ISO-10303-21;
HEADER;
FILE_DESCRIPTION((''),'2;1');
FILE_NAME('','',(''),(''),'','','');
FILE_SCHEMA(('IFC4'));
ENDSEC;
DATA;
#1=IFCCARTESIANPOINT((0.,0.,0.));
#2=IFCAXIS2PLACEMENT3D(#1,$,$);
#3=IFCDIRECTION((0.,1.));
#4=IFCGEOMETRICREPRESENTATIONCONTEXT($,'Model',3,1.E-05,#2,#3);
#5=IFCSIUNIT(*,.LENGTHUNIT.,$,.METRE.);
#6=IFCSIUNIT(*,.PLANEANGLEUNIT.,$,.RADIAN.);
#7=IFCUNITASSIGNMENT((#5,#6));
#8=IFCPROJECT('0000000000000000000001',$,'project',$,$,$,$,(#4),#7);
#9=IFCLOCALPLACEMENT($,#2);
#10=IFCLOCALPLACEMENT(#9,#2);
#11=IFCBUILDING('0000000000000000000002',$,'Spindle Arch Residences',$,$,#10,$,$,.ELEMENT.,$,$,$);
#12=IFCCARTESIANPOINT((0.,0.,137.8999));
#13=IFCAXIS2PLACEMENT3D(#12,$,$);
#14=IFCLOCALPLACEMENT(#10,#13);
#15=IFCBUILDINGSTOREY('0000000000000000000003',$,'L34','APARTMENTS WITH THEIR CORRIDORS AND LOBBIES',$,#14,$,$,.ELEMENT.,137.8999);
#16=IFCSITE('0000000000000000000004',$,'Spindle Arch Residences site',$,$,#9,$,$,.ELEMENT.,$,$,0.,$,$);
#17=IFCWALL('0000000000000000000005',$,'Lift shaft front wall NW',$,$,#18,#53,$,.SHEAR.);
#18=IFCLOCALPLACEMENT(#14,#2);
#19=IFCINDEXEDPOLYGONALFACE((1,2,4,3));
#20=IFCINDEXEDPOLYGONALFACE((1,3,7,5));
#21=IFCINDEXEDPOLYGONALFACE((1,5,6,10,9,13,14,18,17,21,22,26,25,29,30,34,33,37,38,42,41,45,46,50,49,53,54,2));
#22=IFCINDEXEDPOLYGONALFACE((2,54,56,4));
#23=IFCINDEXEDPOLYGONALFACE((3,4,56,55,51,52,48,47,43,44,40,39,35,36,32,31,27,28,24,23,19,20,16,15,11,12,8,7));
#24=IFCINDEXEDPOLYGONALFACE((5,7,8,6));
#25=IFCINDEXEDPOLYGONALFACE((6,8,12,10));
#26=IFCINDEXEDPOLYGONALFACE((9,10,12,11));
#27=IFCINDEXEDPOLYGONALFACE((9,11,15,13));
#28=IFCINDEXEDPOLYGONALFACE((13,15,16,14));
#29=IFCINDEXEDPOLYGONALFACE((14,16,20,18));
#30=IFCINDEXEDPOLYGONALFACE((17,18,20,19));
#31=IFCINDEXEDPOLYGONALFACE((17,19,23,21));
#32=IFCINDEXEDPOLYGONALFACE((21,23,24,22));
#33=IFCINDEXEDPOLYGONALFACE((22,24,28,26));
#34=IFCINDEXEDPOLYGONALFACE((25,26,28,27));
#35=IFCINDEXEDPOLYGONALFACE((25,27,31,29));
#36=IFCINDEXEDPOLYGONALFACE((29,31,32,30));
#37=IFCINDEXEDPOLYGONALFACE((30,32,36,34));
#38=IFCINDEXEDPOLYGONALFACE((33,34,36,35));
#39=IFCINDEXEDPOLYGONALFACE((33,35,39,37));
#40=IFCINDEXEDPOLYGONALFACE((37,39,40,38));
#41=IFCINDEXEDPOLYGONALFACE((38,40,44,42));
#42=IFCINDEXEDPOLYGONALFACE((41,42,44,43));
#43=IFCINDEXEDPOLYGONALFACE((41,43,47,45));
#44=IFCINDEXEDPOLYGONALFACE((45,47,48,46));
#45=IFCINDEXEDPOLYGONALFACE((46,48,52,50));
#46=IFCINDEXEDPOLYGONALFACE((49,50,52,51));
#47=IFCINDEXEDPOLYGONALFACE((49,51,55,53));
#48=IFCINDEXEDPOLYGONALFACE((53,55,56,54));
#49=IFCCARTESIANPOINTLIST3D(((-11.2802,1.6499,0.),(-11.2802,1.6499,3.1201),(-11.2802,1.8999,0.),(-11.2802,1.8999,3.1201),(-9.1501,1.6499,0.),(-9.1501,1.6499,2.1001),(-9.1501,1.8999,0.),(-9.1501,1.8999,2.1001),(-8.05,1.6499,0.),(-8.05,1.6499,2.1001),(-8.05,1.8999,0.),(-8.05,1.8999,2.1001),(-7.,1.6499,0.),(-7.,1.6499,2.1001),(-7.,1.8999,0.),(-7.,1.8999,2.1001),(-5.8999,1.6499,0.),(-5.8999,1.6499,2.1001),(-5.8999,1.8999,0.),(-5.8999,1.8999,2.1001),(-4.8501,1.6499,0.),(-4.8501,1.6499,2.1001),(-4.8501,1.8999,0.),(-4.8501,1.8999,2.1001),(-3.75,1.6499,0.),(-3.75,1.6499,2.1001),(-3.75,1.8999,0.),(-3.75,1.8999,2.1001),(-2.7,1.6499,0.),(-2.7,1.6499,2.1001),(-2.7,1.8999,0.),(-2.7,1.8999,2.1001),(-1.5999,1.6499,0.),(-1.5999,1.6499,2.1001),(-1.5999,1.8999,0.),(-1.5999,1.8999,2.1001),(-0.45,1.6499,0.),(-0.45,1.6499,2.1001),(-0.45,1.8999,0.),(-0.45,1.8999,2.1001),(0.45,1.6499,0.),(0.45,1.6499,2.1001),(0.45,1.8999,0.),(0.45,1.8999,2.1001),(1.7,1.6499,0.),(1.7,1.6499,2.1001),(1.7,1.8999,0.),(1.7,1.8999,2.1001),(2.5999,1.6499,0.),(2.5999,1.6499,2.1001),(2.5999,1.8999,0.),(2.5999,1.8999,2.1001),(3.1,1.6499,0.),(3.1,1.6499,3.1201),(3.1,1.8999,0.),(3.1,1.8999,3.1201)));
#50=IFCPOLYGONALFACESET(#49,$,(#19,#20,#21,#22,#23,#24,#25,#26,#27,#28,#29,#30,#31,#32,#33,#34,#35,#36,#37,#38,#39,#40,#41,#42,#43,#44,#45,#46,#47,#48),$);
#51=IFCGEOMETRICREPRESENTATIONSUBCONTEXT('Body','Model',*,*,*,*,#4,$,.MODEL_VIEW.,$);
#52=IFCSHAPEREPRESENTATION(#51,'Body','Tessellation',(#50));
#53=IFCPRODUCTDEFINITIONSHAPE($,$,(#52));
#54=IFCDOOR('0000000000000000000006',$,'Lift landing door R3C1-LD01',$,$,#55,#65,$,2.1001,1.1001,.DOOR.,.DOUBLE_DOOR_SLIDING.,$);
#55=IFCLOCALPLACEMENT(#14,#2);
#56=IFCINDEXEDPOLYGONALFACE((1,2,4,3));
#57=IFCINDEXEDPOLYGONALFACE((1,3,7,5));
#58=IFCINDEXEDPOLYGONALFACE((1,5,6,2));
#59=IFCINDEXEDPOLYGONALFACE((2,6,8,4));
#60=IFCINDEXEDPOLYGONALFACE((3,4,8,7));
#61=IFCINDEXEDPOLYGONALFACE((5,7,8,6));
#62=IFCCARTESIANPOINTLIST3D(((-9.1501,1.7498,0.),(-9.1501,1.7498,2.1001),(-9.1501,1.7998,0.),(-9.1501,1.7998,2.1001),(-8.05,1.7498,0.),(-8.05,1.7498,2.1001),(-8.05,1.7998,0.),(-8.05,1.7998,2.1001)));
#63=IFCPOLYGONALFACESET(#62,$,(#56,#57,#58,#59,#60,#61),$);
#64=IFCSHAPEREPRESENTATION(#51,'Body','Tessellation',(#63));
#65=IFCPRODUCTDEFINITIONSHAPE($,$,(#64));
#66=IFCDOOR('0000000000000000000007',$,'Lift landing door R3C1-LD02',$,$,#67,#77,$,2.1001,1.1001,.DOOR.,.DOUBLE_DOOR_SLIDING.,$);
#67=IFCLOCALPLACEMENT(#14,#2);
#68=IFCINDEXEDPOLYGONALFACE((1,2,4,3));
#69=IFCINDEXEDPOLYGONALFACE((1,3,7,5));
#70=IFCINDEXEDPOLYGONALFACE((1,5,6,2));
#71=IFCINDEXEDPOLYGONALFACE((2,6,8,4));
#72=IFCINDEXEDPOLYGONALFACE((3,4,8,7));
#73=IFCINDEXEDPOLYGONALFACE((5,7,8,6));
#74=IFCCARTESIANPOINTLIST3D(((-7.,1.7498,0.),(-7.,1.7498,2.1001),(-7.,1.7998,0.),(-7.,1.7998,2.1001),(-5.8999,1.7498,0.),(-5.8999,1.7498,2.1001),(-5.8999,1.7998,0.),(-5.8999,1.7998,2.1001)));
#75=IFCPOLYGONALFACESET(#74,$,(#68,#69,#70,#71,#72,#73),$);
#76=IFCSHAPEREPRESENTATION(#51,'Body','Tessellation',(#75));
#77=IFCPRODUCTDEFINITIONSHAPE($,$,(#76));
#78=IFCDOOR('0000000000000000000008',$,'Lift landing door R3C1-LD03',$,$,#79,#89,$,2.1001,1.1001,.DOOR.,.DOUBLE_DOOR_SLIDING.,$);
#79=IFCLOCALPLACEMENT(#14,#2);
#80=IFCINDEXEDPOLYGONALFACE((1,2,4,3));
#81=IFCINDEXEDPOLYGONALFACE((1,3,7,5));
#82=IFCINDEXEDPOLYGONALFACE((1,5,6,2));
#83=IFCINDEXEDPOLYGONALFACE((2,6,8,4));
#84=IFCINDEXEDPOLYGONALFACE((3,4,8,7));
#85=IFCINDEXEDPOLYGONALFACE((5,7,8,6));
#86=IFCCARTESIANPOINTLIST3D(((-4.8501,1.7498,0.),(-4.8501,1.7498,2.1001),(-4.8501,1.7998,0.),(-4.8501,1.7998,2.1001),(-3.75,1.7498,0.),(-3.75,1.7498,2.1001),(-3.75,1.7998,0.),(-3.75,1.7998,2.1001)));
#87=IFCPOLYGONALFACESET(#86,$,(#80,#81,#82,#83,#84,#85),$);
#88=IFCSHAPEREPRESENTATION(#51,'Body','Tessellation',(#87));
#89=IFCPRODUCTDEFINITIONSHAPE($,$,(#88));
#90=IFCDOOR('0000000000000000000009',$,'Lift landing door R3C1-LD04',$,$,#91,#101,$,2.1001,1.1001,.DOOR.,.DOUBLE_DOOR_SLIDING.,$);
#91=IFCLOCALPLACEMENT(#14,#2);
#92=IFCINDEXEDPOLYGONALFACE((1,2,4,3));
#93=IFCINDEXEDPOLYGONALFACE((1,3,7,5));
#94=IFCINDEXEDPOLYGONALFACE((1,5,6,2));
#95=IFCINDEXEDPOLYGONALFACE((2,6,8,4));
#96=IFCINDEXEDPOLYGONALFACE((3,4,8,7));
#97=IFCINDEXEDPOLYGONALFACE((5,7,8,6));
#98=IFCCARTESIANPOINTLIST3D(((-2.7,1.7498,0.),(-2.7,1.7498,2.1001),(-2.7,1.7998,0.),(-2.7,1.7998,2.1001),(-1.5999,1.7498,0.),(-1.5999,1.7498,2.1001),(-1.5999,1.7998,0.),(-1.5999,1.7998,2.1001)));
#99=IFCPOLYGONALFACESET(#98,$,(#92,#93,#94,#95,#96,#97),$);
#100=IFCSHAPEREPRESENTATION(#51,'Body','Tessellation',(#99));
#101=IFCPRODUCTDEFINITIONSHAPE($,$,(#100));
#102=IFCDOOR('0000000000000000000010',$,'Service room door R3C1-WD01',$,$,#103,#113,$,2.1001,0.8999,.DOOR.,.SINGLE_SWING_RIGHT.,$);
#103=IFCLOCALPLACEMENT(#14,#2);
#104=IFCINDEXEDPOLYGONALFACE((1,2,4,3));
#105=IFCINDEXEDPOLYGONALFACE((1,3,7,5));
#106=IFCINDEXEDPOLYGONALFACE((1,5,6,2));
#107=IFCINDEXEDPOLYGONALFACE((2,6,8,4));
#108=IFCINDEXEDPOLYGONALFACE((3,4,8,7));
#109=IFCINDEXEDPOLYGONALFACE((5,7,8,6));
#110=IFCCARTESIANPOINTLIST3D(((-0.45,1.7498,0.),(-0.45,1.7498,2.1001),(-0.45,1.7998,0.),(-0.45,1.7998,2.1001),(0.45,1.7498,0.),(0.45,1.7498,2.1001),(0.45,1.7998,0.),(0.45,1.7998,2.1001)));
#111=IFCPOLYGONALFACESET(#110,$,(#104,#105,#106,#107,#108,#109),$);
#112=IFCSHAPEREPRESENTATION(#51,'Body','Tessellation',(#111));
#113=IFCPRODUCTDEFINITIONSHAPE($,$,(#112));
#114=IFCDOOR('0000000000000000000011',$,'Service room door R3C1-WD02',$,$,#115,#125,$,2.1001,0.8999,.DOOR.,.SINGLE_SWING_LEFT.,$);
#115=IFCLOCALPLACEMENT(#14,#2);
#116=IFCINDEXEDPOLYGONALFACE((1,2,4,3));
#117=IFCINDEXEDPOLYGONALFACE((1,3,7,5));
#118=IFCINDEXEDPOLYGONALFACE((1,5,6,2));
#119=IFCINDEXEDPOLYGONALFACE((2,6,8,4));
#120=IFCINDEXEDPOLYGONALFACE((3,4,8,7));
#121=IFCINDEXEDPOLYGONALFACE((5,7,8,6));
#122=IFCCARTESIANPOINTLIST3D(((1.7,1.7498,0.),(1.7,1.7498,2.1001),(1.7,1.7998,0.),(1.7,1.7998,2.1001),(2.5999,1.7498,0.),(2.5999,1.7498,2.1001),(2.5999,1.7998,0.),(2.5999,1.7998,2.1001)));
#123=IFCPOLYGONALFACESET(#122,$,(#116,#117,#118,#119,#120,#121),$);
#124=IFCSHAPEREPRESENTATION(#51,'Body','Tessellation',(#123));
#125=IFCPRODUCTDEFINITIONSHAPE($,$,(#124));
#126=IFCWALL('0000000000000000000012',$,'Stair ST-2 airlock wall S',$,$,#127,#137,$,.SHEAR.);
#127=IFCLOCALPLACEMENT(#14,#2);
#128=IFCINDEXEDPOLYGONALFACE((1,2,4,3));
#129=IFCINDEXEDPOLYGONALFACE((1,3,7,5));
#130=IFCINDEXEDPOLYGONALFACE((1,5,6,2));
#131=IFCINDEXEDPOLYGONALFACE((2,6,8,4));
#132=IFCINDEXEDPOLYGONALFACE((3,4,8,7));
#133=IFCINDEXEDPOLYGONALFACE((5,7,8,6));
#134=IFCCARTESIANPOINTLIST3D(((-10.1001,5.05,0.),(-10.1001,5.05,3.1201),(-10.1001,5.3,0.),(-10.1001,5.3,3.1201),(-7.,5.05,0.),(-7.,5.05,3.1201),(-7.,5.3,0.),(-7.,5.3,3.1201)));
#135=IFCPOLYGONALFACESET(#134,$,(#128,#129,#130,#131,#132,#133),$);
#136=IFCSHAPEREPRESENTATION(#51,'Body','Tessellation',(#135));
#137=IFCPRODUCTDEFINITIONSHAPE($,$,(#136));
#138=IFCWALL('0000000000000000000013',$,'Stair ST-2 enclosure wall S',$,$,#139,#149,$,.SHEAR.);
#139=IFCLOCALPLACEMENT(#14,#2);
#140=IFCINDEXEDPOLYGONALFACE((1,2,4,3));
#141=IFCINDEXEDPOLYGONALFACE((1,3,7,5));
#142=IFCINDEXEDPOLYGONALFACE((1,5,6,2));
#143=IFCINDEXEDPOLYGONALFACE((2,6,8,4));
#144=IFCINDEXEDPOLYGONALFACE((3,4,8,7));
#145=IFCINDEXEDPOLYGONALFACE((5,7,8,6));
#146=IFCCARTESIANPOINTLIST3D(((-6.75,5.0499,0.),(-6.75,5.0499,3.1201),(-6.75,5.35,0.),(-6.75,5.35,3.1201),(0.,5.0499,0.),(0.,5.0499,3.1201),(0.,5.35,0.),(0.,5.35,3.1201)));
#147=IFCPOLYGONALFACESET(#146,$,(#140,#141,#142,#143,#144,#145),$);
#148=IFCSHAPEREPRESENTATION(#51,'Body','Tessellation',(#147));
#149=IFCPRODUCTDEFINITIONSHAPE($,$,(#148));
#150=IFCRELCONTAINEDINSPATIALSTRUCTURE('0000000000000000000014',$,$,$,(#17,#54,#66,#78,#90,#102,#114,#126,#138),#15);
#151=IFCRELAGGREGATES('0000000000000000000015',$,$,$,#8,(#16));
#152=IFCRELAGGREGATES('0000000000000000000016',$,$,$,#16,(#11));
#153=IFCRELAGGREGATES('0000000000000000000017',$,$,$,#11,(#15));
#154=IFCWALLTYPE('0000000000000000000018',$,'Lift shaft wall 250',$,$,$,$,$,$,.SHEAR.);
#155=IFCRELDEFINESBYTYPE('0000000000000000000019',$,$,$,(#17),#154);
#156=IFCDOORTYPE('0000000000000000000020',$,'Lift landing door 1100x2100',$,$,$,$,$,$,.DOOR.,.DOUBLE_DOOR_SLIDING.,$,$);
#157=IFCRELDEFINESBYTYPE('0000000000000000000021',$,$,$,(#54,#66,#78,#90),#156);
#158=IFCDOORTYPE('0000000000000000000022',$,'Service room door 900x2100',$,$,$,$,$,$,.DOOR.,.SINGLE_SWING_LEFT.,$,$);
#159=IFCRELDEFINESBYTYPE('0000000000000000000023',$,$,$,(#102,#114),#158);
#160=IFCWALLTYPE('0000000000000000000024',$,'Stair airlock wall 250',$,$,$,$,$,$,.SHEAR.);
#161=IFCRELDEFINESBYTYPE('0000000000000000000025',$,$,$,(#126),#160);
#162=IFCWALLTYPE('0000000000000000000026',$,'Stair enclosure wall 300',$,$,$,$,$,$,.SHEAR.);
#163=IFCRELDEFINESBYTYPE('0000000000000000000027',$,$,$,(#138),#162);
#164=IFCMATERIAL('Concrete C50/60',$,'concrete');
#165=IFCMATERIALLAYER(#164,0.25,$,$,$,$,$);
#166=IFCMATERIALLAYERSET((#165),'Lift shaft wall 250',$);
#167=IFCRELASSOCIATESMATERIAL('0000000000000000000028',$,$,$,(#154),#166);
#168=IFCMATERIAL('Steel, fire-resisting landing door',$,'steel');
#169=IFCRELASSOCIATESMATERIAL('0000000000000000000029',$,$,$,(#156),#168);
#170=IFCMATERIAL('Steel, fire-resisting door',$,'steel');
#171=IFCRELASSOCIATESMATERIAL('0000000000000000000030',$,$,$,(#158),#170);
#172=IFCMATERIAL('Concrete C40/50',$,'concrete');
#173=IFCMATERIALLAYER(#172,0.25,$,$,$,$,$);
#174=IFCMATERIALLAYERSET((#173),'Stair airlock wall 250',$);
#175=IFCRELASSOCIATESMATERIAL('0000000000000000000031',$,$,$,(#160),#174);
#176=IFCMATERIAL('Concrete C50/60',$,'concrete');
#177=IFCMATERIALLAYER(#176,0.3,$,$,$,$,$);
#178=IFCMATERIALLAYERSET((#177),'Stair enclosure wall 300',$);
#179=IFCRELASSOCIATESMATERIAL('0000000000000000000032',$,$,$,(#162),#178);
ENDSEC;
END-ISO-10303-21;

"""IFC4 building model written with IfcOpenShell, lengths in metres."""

from ifc_helpers import new_model, si_unit, direction, frame, frame_2d, origin, place, context, subcontext, project, spatial, rectangle, extrude, material, layer, layer_set, type_object, element, fill, save


model = new_model("IFC4")

# Units and contexts
model_context = context("Model", 3, precision=1e-05, world=origin(), true_north=direction((0.0, 1.0)))
body_context = subcontext(model_context, "Body", "Model", "MODEL_VIEW")
ifc_project = project(units=[si_unit("LENGTHUNIT", "METRE"), si_unit("PLANEANGLEUNIT", "RADIAN")], contexts=[model_context])

# Site, building, storey
site_placement = place(None, origin())
site = spatial("IfcSite", under=ifc_project, at=site_placement, Name="Spindle Arch Residences site", CompositionType="ELEMENT", RefElevation=0.0)
building_placement = place(site_placement, origin())
building = spatial("IfcBuilding", under=site, at=building_placement, Name="Spindle Arch Residences", CompositionType="ELEMENT")
storey_placement = place(building_placement, frame((0.0, 0.0, 137.8999)))
storey = spatial("IfcBuildingStorey", under=building, at=storey_placement, Name="L34", Description="APARTMENTS WITH THEIR CORRIDORS AND LOBBIES", CompositionType="ELEMENT", Elevation=137.8999)

# Wall, openings, doors
ifc_material_1 = material(Name="Concrete C50/60", Category="concrete")
ifc_layer_1 = layer(ifc_material_1, 0.25)
ifc_layer_set_1 = layer_set([ifc_layer_1], Name="Lift shaft wall 250")
wall_type_1 = type_object("IfcWallType", Name="Lift shaft wall 250", PredefinedType="SHEAR", material=ifc_layer_set_1)
wall_1_placement = place(storey_placement, frame((-11.28, 1.7749, 0.0), z_axis=(0.0, 0.0, 1.0), x_axis=(1.0, 0.0, 0.0)))
wall_1 = element("IfcWall", 1, at=wall_1_placement, inside=storey, type_object=wall_type_1, Name="Lift shaft front wall NW", PredefinedType="SHEAR", context=body_context, shape_type="SweptSolid", body=[
    extrude(rectangle(XDim=14.3801, YDim=0.25, at=frame_2d((7.1899, 0.0))), origin(), (0.0, 0.0, 1.0), 3.1201),
])
opening_1_placement = place(wall_1_placement, frame((2.1299, 0.0, 0.0)))
opening_1 = element("IfcOpeningElement", 2, at=opening_1_placement, cuts=wall_1, PredefinedType="OPENING", context=body_context, shape_type="SweptSolid", body=[
    extrude(rectangle(XDim=1.1001, YDim=2.1001, at=frame_2d((0.55, 1.05))), frame((0.0, 0.135, 0.0), z_axis=(0.0, -1.0, 0.0), x_axis=(1.0, 0.0, 0.0)), (0.0, 0.0, 1.0), 0.27),
])
opening_2_placement = place(wall_1_placement, frame((4.28, 0.0, 0.0)))
opening_2 = element("IfcOpeningElement", 3, at=opening_2_placement, cuts=wall_1, PredefinedType="OPENING", context=body_context, shape_type="SweptSolid", body=[
    extrude(rectangle(XDim=1.1001, YDim=2.1001, at=frame_2d((0.55, 1.05))), frame((0.0, 0.135, 0.0), z_axis=(0.0, -1.0, 0.0), x_axis=(1.0, 0.0, 0.0)), (0.0, 0.0, 1.0), 0.27),
])
opening_3_placement = place(wall_1_placement, frame((6.4299, 0.0, 0.0)))
opening_3 = element("IfcOpeningElement", 4, at=opening_3_placement, cuts=wall_1, PredefinedType="OPENING", context=body_context, shape_type="SweptSolid", body=[
    extrude(rectangle(XDim=1.1001, YDim=2.1001, at=frame_2d((0.55, 1.05))), frame((0.0, 0.135, 0.0), z_axis=(0.0, -1.0, 0.0), x_axis=(1.0, 0.0, 0.0)), (0.0, 0.0, 1.0), 0.27),
])
opening_4_placement = place(wall_1_placement, frame((8.5801, 0.0, 0.0)))
opening_4 = element("IfcOpeningElement", 5, at=opening_4_placement, cuts=wall_1, PredefinedType="OPENING", context=body_context, shape_type="SweptSolid", body=[
    extrude(rectangle(XDim=1.1001, YDim=2.1001, at=frame_2d((0.55, 1.05))), frame((0.0, 0.135, 0.0), z_axis=(0.0, -1.0, 0.0), x_axis=(1.0, 0.0, 0.0)), (0.0, 0.0, 1.0), 0.27),
])
opening_5_placement = place(wall_1_placement, frame((10.8301, 0.0, 0.0)))
opening_5 = element("IfcOpeningElement", 6, at=opening_5_placement, cuts=wall_1, PredefinedType="OPENING", context=body_context, shape_type="SweptSolid", body=[
    extrude(rectangle(XDim=0.8999, YDim=2.1001, at=frame_2d((0.45, 1.05))), frame((0.0, 0.135, 0.0), z_axis=(0.0, -1.0, 0.0), x_axis=(1.0, 0.0, 0.0)), (0.0, 0.0, 1.0), 0.27),
])
opening_6_placement = place(wall_1_placement, frame((12.98, 0.0, 0.0)))
opening_6 = element("IfcOpeningElement", 7, at=opening_6_placement, cuts=wall_1, PredefinedType="OPENING", context=body_context, shape_type="SweptSolid", body=[
    extrude(rectangle(XDim=0.8999, YDim=2.1001, at=frame_2d((0.45, 1.05))), frame((0.0, 0.135, 0.0), z_axis=(0.0, -1.0, 0.0), x_axis=(1.0, 0.0, 0.0)), (0.0, 0.0, 1.0), 0.27),
])
ifc_material_2 = material(Name="Steel, fire-resisting landing door", Category="steel")
door_type_1 = type_object("IfcDoorType", Name="Lift landing door 1100x2100", OperationType="DOUBLE_DOOR_SLIDING", PredefinedType="DOOR", material=ifc_material_2)
door_1_placement = place(opening_1_placement, origin())
door_1 = element("IfcDoor", 8, at=door_1_placement, inside=storey, type_object=door_type_1, Name="Lift landing door R3C1-LD01", OperationType="DOUBLE_DOOR_SLIDING", OverallHeight=2.1001, OverallWidth=1.1001, PredefinedType="DOOR", context=body_context, shape_type="SweptSolid", body=[
    extrude(rectangle(XDim=1.1001, YDim=2.1001, at=frame_2d((0.55, 1.05))), frame((0.0, 0.0249, 0.0), z_axis=(0.0, -1.0, 0.0), x_axis=(1.0, 0.0, 0.0)), (0.0, 0.0, 1.0), 0.05),
])
fill(opening_1, door_1)
door_2_placement = place(opening_2_placement, origin())
door_2 = element("IfcDoor", 9, at=door_2_placement, inside=storey, type_object=door_type_1, Name="Lift landing door R3C1-LD02", OperationType="DOUBLE_DOOR_SLIDING", OverallHeight=2.1001, OverallWidth=1.1001, PredefinedType="DOOR", context=body_context, shape_type="SweptSolid", body=[
    extrude(rectangle(XDim=1.1001, YDim=2.1001, at=frame_2d((0.55, 1.05))), frame((0.0, 0.0249, 0.0), z_axis=(0.0, -1.0, 0.0), x_axis=(1.0, 0.0, 0.0)), (0.0, 0.0, 1.0), 0.05),
])
fill(opening_2, door_2)
door_3_placement = place(opening_3_placement, origin())
door_3 = element("IfcDoor", 10, at=door_3_placement, inside=storey, type_object=door_type_1, Name="Lift landing door R3C1-LD03", OperationType="DOUBLE_DOOR_SLIDING", OverallHeight=2.1001, OverallWidth=1.1001, PredefinedType="DOOR", context=body_context, shape_type="SweptSolid", body=[
    extrude(rectangle(XDim=1.1001, YDim=2.1001, at=frame_2d((0.55, 1.05))), frame((0.0, 0.0249, 0.0), z_axis=(0.0, -1.0, 0.0), x_axis=(1.0, 0.0, 0.0)), (0.0, 0.0, 1.0), 0.05),
])
fill(opening_3, door_3)
door_4_placement = place(opening_4_placement, origin())
door_4 = element("IfcDoor", 11, at=door_4_placement, inside=storey, type_object=door_type_1, Name="Lift landing door R3C1-LD04", OperationType="DOUBLE_DOOR_SLIDING", OverallHeight=2.1001, OverallWidth=1.1001, PredefinedType="DOOR", context=body_context, shape_type="SweptSolid", body=[
    extrude(rectangle(XDim=1.1001, YDim=2.1001, at=frame_2d((0.55, 1.05))), frame((0.0, 0.0249, 0.0), z_axis=(0.0, -1.0, 0.0), x_axis=(1.0, 0.0, 0.0)), (0.0, 0.0, 1.0), 0.05),
])
fill(opening_4, door_4)
ifc_material_3 = material(Name="Steel, fire-resisting door", Category="steel")
door_type_2 = type_object("IfcDoorType", Name="Service room door 900x2100", OperationType="SINGLE_SWING_LEFT", PredefinedType="DOOR", material=ifc_material_3)
door_5_placement = place(opening_5_placement, origin())
door_5 = element("IfcDoor", 12, at=door_5_placement, inside=storey, type_object=door_type_2, Name="Service room door R3C1-WD01", OperationType="SINGLE_SWING_RIGHT", OverallHeight=2.1001, OverallWidth=0.8999, PredefinedType="DOOR", context=body_context, shape_type="SweptSolid", body=[
    extrude(rectangle(XDim=0.8999, YDim=2.1001, at=frame_2d((0.45, 1.05))), frame((0.0, 0.0249, 0.0), z_axis=(0.0, -1.0, 0.0), x_axis=(1.0, 0.0, 0.0)), (0.0, 0.0, 1.0), 0.05),
])
fill(opening_5, door_5)
door_6_placement = place(opening_6_placement, origin())
door_6 = element("IfcDoor", 13, at=door_6_placement, inside=storey, type_object=door_type_2, Name="Service room door R3C1-WD02", OperationType="SINGLE_SWING_LEFT", OverallHeight=2.1001, OverallWidth=0.8999, PredefinedType="DOOR", context=body_context, shape_type="SweptSolid", body=[
    extrude(rectangle(XDim=0.8999, YDim=2.1001, at=frame_2d((0.45, 1.05))), frame((0.0, 0.0249, 0.0), z_axis=(0.0, -1.0, 0.0), x_axis=(1.0, 0.0, 0.0)), (0.0, 0.0, 1.0), 0.05),
])
fill(opening_6, door_6)

# Walls
ifc_material_4 = material(Name="Concrete C40/50", Category="concrete")
ifc_layer_2 = layer(ifc_material_4, 0.25)
ifc_layer_set_2 = layer_set([ifc_layer_2], Name="Stair airlock wall 250")
wall_type_2 = type_object("IfcWallType", Name="Stair airlock wall 250", PredefinedType="SHEAR", material=ifc_layer_set_2)
wall_2_placement = place(storey_placement, frame((-7.0, 5.175, 0.0), z_axis=(0.0, 0.0, 1.0), x_axis=(-1.0, 0.0, 0.0)))
element("IfcWall", 14, at=wall_2_placement, inside=storey, type_object=wall_type_2, Name="Stair ST-2 airlock wall S", PredefinedType="SHEAR", context=body_context, shape_type="SweptSolid", body=[
    extrude(rectangle(XDim=3.1001, YDim=0.25, at=frame_2d((1.55, 0.0))), origin(), (0.0, 0.0, 1.0), 3.1201),
])
ifc_material_5 = material(Name="Concrete C50/60", Category="concrete")
ifc_layer_3 = layer(ifc_material_5, 0.3)
ifc_layer_set_3 = layer_set([ifc_layer_3], Name="Stair enclosure wall 300")
wall_type_3 = type_object("IfcWallType", Name="Stair enclosure wall 300", PredefinedType="SHEAR", material=ifc_layer_set_3)
wall_3_placement = place(storey_placement, frame((-6.75, 5.2, 0.0), z_axis=(0.0, 0.0, 1.0), x_axis=(1.0, 0.0, 0.0)))
element("IfcWall", 15, at=wall_3_placement, inside=storey, type_object=wall_type_3, Name="Stair ST-2 enclosure wall S", PredefinedType="SHEAR", context=body_context, shape_type="SweptSolid", body=[
    extrude(rectangle(XDim=6.75, YDim=0.3, at=frame_2d((3.375, 0.0))), origin(), (0.0, 0.0, 1.0), 3.1201),
])

save(model, "model.ifc")
